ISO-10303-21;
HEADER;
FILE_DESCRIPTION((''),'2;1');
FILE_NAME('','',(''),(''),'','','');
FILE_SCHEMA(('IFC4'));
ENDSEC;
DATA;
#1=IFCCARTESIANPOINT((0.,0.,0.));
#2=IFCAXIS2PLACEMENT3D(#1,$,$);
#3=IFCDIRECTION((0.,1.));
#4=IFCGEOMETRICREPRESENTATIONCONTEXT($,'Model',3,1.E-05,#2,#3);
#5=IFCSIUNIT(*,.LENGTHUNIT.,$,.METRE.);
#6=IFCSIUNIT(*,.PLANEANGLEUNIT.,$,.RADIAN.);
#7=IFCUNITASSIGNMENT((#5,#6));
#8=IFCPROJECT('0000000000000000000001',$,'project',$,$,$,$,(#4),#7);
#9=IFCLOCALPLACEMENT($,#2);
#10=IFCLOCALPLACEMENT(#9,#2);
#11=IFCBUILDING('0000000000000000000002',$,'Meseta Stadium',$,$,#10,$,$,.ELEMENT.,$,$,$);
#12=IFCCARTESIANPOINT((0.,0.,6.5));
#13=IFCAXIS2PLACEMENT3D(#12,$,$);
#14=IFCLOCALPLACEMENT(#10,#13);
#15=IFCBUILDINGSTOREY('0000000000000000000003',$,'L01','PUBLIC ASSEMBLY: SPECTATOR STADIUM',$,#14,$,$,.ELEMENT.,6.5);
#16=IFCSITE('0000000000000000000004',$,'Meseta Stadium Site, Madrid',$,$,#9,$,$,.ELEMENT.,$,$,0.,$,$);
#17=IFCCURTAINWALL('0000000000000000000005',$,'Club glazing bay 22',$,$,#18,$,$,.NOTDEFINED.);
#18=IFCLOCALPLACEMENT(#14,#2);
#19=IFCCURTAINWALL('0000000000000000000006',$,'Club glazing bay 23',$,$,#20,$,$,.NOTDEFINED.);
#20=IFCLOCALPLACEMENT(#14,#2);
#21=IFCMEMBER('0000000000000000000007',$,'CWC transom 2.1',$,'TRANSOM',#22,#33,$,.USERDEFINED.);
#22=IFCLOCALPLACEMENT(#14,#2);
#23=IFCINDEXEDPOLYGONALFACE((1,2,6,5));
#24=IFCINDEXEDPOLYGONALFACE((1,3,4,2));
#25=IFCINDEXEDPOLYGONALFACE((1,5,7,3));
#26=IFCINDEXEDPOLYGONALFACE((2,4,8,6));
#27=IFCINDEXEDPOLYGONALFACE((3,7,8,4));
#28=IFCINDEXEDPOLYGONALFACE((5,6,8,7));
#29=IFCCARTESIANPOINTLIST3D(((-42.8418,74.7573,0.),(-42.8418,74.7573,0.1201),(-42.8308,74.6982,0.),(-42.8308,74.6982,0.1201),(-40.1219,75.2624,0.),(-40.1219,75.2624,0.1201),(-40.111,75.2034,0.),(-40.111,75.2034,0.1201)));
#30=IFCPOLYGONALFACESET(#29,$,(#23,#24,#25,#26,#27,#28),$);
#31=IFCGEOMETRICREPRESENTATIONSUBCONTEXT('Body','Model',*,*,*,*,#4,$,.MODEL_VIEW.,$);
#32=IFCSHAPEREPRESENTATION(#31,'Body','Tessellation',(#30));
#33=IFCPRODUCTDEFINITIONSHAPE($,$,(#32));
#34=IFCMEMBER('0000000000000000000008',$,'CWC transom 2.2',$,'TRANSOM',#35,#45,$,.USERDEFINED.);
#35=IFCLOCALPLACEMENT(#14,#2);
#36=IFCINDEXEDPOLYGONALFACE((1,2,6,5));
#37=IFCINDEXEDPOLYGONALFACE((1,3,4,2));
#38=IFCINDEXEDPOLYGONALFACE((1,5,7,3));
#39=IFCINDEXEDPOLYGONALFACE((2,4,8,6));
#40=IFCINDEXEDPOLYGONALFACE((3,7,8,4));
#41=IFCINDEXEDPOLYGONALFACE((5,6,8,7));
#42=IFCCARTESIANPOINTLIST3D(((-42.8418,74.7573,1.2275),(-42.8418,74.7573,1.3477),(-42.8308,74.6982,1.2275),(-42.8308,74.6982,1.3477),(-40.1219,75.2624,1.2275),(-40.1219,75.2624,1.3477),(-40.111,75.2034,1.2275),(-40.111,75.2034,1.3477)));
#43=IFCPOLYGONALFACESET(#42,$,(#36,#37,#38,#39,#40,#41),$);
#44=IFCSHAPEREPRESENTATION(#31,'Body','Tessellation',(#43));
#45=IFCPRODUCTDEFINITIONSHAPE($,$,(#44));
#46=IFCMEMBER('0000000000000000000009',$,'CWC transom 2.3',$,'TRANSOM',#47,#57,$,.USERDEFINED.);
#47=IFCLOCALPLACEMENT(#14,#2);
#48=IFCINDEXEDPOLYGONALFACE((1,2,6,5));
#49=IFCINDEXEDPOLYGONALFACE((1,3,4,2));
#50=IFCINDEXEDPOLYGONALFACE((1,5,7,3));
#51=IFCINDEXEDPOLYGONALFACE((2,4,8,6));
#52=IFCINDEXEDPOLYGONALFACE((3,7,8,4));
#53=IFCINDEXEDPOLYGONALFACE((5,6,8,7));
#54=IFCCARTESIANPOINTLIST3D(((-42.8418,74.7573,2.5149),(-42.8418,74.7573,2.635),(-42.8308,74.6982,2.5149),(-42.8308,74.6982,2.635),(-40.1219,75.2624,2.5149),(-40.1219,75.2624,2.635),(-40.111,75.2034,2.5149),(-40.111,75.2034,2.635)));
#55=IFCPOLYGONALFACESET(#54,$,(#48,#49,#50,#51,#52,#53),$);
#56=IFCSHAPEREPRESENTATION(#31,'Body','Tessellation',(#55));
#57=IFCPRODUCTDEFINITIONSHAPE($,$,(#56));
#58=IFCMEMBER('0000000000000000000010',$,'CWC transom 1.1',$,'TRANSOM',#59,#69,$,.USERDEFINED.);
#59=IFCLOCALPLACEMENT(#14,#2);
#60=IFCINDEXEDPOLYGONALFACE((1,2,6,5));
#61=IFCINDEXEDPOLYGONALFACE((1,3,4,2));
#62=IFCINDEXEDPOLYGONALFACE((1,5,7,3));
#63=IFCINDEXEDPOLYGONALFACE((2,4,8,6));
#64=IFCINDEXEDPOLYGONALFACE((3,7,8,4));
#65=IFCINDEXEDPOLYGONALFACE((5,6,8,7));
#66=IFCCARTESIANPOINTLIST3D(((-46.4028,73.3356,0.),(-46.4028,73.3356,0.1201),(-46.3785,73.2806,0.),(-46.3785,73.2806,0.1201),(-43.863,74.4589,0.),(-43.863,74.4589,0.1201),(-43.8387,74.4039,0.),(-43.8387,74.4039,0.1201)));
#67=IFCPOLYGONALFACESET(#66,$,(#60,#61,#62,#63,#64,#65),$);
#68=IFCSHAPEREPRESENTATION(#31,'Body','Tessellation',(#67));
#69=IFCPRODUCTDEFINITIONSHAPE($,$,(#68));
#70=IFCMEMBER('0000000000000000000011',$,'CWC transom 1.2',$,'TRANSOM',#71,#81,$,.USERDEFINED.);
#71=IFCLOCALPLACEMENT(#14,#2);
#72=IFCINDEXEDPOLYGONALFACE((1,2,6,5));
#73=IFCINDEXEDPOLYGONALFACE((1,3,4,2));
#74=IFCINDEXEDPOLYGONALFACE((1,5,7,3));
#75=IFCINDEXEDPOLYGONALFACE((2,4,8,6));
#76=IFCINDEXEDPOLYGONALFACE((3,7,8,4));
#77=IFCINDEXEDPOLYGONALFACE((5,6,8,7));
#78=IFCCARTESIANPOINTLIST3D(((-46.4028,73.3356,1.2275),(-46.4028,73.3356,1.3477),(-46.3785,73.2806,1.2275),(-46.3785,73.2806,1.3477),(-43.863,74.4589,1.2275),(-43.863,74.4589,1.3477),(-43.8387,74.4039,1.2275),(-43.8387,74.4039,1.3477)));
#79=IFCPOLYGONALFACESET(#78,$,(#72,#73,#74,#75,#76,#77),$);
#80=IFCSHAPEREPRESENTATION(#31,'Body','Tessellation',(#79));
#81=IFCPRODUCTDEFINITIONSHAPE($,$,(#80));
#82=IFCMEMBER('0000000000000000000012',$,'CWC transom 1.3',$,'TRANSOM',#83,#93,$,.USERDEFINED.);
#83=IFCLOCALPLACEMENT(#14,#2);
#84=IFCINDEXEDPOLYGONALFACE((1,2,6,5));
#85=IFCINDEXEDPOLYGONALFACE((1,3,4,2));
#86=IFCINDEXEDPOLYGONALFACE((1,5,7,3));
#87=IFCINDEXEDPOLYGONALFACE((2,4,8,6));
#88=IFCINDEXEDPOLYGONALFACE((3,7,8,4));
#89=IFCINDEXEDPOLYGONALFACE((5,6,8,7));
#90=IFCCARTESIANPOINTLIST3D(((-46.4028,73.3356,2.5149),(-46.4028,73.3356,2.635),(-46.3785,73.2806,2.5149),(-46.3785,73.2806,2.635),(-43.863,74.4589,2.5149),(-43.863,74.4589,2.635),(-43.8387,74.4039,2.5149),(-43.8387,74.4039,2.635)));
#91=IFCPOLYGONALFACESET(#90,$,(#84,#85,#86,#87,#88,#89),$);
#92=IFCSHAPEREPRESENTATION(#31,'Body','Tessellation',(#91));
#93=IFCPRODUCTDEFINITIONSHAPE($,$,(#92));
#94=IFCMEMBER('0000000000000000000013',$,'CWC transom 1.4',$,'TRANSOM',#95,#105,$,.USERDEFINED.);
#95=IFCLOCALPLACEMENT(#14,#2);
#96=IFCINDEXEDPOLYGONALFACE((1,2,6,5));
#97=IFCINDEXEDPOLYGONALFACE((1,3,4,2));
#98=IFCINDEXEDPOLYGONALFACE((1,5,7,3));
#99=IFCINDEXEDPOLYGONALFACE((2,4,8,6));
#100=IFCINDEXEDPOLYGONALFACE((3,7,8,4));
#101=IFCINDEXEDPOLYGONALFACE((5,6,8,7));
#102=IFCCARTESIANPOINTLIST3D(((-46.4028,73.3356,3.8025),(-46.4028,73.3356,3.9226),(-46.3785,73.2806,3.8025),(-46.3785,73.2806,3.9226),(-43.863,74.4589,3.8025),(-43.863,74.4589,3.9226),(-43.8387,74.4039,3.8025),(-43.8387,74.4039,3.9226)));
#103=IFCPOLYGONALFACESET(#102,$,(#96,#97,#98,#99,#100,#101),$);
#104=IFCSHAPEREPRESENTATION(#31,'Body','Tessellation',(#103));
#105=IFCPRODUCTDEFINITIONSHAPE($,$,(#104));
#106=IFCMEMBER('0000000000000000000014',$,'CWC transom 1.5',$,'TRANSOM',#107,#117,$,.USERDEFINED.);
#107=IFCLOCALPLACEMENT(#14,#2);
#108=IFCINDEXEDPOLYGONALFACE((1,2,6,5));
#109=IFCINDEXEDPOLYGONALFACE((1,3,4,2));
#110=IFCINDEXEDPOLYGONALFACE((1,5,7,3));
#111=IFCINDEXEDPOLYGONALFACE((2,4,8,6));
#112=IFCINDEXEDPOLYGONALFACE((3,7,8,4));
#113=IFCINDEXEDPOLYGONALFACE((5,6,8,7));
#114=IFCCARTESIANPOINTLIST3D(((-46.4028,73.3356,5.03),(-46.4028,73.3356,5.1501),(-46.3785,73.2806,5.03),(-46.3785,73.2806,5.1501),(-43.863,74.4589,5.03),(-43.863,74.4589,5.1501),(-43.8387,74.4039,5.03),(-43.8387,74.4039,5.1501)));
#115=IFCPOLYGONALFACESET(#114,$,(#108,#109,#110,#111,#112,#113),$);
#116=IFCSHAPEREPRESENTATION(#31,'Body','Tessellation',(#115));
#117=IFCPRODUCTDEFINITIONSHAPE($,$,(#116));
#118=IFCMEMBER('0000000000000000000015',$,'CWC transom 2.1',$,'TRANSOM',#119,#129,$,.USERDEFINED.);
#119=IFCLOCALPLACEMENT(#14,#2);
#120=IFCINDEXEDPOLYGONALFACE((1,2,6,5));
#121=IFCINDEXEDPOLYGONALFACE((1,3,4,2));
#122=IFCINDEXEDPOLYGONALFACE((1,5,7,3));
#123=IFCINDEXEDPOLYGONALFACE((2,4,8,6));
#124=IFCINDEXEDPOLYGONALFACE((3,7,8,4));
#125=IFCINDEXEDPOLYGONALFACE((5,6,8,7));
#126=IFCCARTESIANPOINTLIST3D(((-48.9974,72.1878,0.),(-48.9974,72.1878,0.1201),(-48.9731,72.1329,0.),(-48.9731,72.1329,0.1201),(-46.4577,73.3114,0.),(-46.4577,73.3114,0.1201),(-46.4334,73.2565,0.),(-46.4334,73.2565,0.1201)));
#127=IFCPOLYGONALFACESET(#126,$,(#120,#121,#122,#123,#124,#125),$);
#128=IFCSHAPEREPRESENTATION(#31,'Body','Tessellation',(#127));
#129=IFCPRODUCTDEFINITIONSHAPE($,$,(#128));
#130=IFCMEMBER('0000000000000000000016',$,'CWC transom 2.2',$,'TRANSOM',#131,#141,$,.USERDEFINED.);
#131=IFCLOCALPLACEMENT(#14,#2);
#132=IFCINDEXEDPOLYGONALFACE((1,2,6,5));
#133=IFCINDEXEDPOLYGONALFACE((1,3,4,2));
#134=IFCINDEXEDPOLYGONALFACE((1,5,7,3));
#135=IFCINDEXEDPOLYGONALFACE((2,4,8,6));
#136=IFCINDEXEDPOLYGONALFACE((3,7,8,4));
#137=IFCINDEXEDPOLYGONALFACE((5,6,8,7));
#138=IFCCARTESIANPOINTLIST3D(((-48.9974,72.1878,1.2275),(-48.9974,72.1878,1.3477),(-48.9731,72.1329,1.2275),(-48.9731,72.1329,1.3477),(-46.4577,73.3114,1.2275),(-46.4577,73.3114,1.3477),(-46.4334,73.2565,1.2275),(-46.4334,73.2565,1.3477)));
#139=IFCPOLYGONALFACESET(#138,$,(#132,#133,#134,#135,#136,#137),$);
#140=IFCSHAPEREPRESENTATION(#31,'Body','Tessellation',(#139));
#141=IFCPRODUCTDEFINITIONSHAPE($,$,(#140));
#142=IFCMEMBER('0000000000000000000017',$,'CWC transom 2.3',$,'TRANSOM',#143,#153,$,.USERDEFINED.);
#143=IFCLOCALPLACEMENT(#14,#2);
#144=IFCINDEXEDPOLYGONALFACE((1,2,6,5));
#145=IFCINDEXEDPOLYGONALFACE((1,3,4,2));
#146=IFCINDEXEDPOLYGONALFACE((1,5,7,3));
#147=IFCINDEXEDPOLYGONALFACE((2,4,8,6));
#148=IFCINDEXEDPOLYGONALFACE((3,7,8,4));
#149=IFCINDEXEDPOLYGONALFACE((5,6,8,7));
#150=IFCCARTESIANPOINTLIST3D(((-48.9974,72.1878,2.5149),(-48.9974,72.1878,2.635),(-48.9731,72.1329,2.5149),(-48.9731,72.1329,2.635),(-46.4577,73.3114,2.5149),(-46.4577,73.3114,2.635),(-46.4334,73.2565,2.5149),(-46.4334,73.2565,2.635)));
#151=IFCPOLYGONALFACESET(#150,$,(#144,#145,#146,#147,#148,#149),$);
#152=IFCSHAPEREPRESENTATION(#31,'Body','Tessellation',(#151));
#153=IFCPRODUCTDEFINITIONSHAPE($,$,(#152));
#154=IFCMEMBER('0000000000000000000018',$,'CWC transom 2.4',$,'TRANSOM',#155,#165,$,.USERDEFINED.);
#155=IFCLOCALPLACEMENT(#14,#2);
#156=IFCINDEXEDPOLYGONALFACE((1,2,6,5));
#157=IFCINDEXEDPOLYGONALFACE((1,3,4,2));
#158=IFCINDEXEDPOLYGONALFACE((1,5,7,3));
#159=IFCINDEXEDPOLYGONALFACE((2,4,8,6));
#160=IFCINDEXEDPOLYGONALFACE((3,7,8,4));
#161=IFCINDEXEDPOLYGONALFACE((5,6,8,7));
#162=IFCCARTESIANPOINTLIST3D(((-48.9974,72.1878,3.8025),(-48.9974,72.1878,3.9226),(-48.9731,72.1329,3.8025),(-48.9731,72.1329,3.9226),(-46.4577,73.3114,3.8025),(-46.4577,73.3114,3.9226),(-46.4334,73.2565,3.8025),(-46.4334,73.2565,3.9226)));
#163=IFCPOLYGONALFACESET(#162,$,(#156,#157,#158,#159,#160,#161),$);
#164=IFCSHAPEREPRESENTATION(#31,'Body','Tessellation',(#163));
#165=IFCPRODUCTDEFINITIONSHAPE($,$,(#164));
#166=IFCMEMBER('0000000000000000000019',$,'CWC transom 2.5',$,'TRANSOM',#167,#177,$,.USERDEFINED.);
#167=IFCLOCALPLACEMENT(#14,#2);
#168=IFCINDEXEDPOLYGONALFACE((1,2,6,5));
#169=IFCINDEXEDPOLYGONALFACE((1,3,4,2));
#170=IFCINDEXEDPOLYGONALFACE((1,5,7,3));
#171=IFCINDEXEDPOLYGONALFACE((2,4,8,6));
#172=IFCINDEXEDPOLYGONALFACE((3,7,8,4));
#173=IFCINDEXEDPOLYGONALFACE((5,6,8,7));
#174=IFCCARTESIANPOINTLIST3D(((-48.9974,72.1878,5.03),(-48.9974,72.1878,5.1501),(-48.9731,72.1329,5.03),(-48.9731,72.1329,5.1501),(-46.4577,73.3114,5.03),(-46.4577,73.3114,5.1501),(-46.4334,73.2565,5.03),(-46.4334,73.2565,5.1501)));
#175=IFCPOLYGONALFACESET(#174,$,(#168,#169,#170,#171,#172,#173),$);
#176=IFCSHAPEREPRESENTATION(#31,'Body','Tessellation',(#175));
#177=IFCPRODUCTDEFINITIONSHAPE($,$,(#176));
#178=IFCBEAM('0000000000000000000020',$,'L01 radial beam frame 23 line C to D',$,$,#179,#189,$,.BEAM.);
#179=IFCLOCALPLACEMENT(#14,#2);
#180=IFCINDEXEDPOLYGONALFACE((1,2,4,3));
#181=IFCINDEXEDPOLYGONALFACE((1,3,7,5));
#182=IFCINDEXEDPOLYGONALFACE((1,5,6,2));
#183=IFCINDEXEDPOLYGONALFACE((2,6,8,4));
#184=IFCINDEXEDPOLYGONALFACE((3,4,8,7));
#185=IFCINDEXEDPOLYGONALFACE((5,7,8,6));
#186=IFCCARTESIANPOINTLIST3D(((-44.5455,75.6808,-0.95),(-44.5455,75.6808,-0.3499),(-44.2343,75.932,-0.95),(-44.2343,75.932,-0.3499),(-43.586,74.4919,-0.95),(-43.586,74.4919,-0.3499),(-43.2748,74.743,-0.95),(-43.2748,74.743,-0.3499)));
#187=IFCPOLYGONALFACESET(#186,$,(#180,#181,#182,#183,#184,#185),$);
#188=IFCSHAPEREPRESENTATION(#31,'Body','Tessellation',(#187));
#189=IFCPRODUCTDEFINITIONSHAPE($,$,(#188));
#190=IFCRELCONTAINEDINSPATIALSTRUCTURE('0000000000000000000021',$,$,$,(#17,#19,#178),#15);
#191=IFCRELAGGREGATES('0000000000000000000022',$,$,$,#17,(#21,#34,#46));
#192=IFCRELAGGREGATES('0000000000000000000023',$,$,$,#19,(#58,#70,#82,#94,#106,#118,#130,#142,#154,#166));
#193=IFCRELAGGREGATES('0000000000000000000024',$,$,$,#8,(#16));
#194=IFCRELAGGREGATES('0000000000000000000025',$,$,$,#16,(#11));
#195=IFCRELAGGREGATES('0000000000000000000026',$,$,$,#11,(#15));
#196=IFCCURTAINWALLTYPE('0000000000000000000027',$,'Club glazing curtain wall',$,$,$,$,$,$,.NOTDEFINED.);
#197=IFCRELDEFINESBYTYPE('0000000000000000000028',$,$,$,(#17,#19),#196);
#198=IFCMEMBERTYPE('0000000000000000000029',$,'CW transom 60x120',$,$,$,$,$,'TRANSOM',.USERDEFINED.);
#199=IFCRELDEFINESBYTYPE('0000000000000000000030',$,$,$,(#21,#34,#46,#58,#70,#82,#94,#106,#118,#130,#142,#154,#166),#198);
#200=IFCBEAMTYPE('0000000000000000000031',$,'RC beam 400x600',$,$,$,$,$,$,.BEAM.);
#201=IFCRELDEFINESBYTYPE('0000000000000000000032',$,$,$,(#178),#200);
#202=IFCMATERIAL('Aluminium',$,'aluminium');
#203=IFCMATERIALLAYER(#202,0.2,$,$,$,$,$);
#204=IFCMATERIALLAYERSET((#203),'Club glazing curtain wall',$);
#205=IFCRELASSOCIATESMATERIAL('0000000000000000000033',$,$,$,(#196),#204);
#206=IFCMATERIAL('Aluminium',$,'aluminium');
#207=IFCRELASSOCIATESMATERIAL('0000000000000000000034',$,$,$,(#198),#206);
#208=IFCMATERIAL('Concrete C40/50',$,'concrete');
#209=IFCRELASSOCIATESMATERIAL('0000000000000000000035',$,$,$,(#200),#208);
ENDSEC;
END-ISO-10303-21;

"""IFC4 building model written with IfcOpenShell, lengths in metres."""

from ifc_helpers import new_model, si_unit, direction, frame, origin, origin_2d, place, context, subcontext, project, spatial, rectangle, extrude, material, layer, layer_set, material_profile, profile_set, type_object, element, aggregate, save


model = new_model("IFC4")

# Units and contexts
model_context = context("Model", 3, precision=1e-05, world=origin(), true_north=direction((0.0, 1.0)))
body_context = subcontext(model_context, "Body", "Model", "MODEL_VIEW")
ifc_project = project(units=[si_unit("LENGTHUNIT", "METRE"), si_unit("PLANEANGLEUNIT", "RADIAN")], contexts=[model_context])

# Site, building, storey
site_placement = place(None, origin())
site = spatial("IfcSite", under=ifc_project, at=site_placement, Name="Meseta Stadium Site, Madrid", CompositionType="ELEMENT", RefElevation=0.0)
building_placement = place(site_placement, origin())
building = spatial("IfcBuilding", under=site, at=building_placement, Name="Meseta Stadium", CompositionType="ELEMENT")
storey_placement = place(building_placement, frame((0.0, 0.0, 6.5)))
storey = spatial("IfcBuildingStorey", under=building, at=storey_placement, Name="L01", Description="PUBLIC ASSEMBLY: SPECTATOR STADIUM", CompositionType="ELEMENT", Elevation=6.5)

# Curtain wall
ifc_material_1 = material(Name="Aluminium", Category="aluminium")
ifc_layer_1 = layer(ifc_material_1, 0.2)
ifc_layer_set_1 = layer_set([ifc_layer_1], Name="Club glazing curtain wall")
curtain_wall_type = type_object("IfcCurtainWallType", Name="Club glazing curtain wall", PredefinedType="NOTDEFINED", material=ifc_layer_set_1)
curtain_wall_1_placement = place(storey_placement, origin())
curtain_wall_1 = element("IfcCurtainWall", 1, at=curtain_wall_1_placement, inside=storey, type_object=curtain_wall_type, Name="Club glazing bay 22", PredefinedType="NOTDEFINED")

# Curtain wall
curtain_wall_2_placement = place(storey_placement, origin())
curtain_wall_2 = element("IfcCurtainWall", 2, at=curtain_wall_2_placement, inside=storey, type_object=curtain_wall_type, Name="Club glazing bay 23", PredefinedType="NOTDEFINED")

# Members
ifc_material_2 = material(Name="Aluminium", Category="aluminium")
ifc_material_profile_1 = material_profile(ifc_material_2, rectangle(XDim=0.0601, YDim=0.1201, at=origin_2d()), Name="CW 60x120")
ifc_profile_set_1 = profile_set([ifc_material_profile_1], Name="Aluminium")
member_type_1 = type_object("IfcMemberType", Name="CW transom 60x120", ElementType="TRANSOM", PredefinedType="USERDEFINED", material=ifc_profile_set_1)
member_1_placement = place(storey_placement, frame((-40.1165, 75.2329, 0.0601), z_axis=(-0.983186, -0.182604, 0.0), x_axis=(0.182604, -0.983186, 0.0)))
member_1 = element("IfcMember", 3, at=member_1_placement, type_object=member_type_1, Name="CWC transom 2.1", ObjectType="TRANSOM", PredefinedType="USERDEFINED", context=body_context, shape_type="SweptSolid", body=[
    extrude(rectangle(XDim=0.0601, YDim=0.1201, at=origin_2d()), origin(), (0.0, 0.0, 1.0), 2.7664),
])
member_2_placement = place(storey_placement, frame((-40.1165, 75.2329, 1.2876), z_axis=(-0.983186, -0.182604, 0.0), x_axis=(0.182604, -0.983186, 0.0)))
member_2 = element("IfcMember", 4, at=member_2_placement, type_object=member_type_1, Name="CWC transom 2.2", ObjectType="TRANSOM", PredefinedType="USERDEFINED", context=body_context, shape_type="SweptSolid", body=[
    extrude(rectangle(XDim=0.0601, YDim=0.1201, at=origin_2d()), origin(), (0.0, 0.0, 1.0), 2.7664),
])
member_3_placement = place(storey_placement, frame((-40.1165, 75.2329, 2.575), z_axis=(-0.983186, -0.182604, 0.0), x_axis=(0.182604, -0.983186, 0.0)))
member_3 = element("IfcMember", 5, at=member_3_placement, type_object=member_type_1, Name="CWC transom 2.3", ObjectType="TRANSOM", PredefinedType="USERDEFINED", context=body_context, shape_type="SweptSolid", body=[
    extrude(rectangle(XDim=0.0601, YDim=0.1201, at=origin_2d()), origin(), (0.0, 0.0, 1.0), 2.7664),
])
member_4_placement = place(storey_placement, frame((-43.8508, 74.4314, 0.0601), z_axis=(-0.914546, -0.404482, 0.0), x_axis=(0.404482, -0.914546, 0.0)))
member_4 = element("IfcMember", 6, at=member_4_placement, type_object=member_type_1, Name="CWC transom 1.1", ObjectType="TRANSOM", PredefinedType="USERDEFINED", context=body_context, shape_type="SweptSolid", body=[
    extrude(rectangle(XDim=0.0601, YDim=0.1201, at=origin_2d()), origin(), (0.0, 0.0, 1.0), 2.7771),
])
member_5_placement = place(storey_placement, frame((-43.8508, 74.4314, 1.2876), z_axis=(-0.914546, -0.404482, 0.0), x_axis=(0.404482, -0.914546, 0.0)))
member_5 = element("IfcMember", 7, at=member_5_placement, type_object=member_type_1, Name="CWC transom 1.2", ObjectType="TRANSOM", PredefinedType="USERDEFINED", context=body_context, shape_type="SweptSolid", body=[
    extrude(rectangle(XDim=0.0601, YDim=0.1201, at=origin_2d()), origin(), (0.0, 0.0, 1.0), 2.7771),
])
member_6_placement = place(storey_placement, frame((-43.8508, 74.4314, 2.575), z_axis=(-0.914546, -0.404482, 0.0), x_axis=(0.404482, -0.914546, 0.0)))
member_6 = element("IfcMember", 8, at=member_6_placement, type_object=member_type_1, Name="CWC transom 1.3", ObjectType="TRANSOM", PredefinedType="USERDEFINED", context=body_context, shape_type="SweptSolid", body=[
    extrude(rectangle(XDim=0.0601, YDim=0.1201, at=origin_2d()), origin(), (0.0, 0.0, 1.0), 2.7771),
])
member_7_placement = place(storey_placement, frame((-43.8508, 74.4314, 3.8625), z_axis=(-0.914546, -0.404482, 0.0), x_axis=(0.404482, -0.914546, 0.0)))
member_7 = element("IfcMember", 9, at=member_7_placement, type_object=member_type_1, Name="CWC transom 1.4", ObjectType="TRANSOM", PredefinedType="USERDEFINED", context=body_context, shape_type="SweptSolid", body=[
    extrude(rectangle(XDim=0.0601, YDim=0.1201, at=origin_2d()), origin(), (0.0, 0.0, 1.0), 2.7771),
])
member_8_placement = place(storey_placement, frame((-43.8508, 74.4314, 5.0901), z_axis=(-0.914546, -0.404482, 0.0), x_axis=(0.404482, -0.914546, 0.0)))
member_8 = element("IfcMember", 10, at=member_8_placement, type_object=member_type_1, Name="CWC transom 1.5", ObjectType="TRANSOM", PredefinedType="USERDEFINED", context=body_context, shape_type="SweptSolid", body=[
    extrude(rectangle(XDim=0.0601, YDim=0.1201, at=origin_2d()), origin(), (0.0, 0.0, 1.0), 2.7771),
])
member_9_placement = place(storey_placement, frame((-46.4456, 73.2839, 0.0601), z_axis=(-0.914499, -0.404588, 0.0), x_axis=(0.404588, -0.914499, 0.0)))
member_9 = element("IfcMember", 11, at=member_9_placement, type_object=member_type_1, Name="CWC transom 2.1", ObjectType="TRANSOM", PredefinedType="USERDEFINED", context=body_context, shape_type="SweptSolid", body=[
    extrude(rectangle(XDim=0.0601, YDim=0.1201, at=origin_2d()), origin(), (0.0, 0.0, 1.0), 2.7771),
])
member_10_placement = place(storey_placement, frame((-46.4456, 73.2839, 1.2876), z_axis=(-0.914499, -0.404588, 0.0), x_axis=(0.404588, -0.914499, 0.0)))
member_10 = element("IfcMember", 12, at=member_10_placement, type_object=member_type_1, Name="CWC transom 2.2", ObjectType="TRANSOM", PredefinedType="USERDEFINED", context=body_context, shape_type="SweptSolid", body=[
    extrude(rectangle(XDim=0.0601, YDim=0.1201, at=origin_2d()), origin(), (0.0, 0.0, 1.0), 2.7771),
])
member_11_placement = place(storey_placement, frame((-46.4456, 73.2839, 2.575), z_axis=(-0.914499, -0.404588, 0.0), x_axis=(0.404588, -0.914499, 0.0)))
member_11 = element("IfcMember", 13, at=member_11_placement, type_object=member_type_1, Name="CWC transom 2.3", ObjectType="TRANSOM", PredefinedType="USERDEFINED", context=body_context, shape_type="SweptSolid", body=[
    extrude(rectangle(XDim=0.0601, YDim=0.1201, at=origin_2d()), origin(), (0.0, 0.0, 1.0), 2.7771),
])
member_12_placement = place(storey_placement, frame((-46.4456, 73.2839, 3.8625), z_axis=(-0.914499, -0.404588, 0.0), x_axis=(0.404588, -0.914499, 0.0)))
member_12 = element("IfcMember", 14, at=member_12_placement, type_object=member_type_1, Name="CWC transom 2.4", ObjectType="TRANSOM", PredefinedType="USERDEFINED", context=body_context, shape_type="SweptSolid", body=[
    extrude(rectangle(XDim=0.0601, YDim=0.1201, at=origin_2d()), origin(), (0.0, 0.0, 1.0), 2.7771),
])
member_13_placement = place(storey_placement, frame((-46.4456, 73.2839, 5.0901), z_axis=(-0.914499, -0.404588, 0.0), x_axis=(0.404588, -0.914499, 0.0)))
member_13 = element("IfcMember", 15, at=member_13_placement, type_object=member_type_1, Name="CWC transom 2.5", ObjectType="TRANSOM", PredefinedType="USERDEFINED", context=body_context, shape_type="SweptSolid", body=[
    extrude(rectangle(XDim=0.0601, YDim=0.1201, at=origin_2d()), origin(), (0.0, 0.0, 1.0), 2.7771),
])

# Beam
ifc_material_3 = material(Name="Concrete C40/50", Category="concrete")
ifc_material_profile_2 = material_profile(ifc_material_3, rectangle(XDim=0.3999, YDim=0.6001, at=origin_2d()), Name="RC 400x600")
ifc_profile_set_2 = profile_set([ifc_material_profile_2], Name="Concrete C40/50")
beam_type_1 = type_object("IfcBeamType", Name="RC beam 400x600", PredefinedType="BEAM", material=ifc_profile_set_2)
beam_1_placement = place(storey_placement, frame((-43.4304, 74.6174, -0.6499), z_axis=(-0.628002, 0.778211, 0.0), x_axis=(-0.778211, -0.628002, 0.0)))
element("IfcBeam", 16, at=beam_1_placement, inside=storey, type_object=beam_type_1, Name="L01 radial beam frame 23 line C to D", PredefinedType="BEAM", context=body_context, shape_type="SweptSolid", body=[
    extrude(rectangle(XDim=0.3999, YDim=0.6001, at=origin_2d()), origin(), (0.0, 0.0, 1.0), 1.5278),
])

aggregate(curtain_wall_1, [member_1, member_2, member_3])
aggregate(curtain_wall_2, [member_4, member_5, member_6, member_7, member_8, member_9, member_10, member_11, member_12, member_13])

save(model, "model.ifc")
